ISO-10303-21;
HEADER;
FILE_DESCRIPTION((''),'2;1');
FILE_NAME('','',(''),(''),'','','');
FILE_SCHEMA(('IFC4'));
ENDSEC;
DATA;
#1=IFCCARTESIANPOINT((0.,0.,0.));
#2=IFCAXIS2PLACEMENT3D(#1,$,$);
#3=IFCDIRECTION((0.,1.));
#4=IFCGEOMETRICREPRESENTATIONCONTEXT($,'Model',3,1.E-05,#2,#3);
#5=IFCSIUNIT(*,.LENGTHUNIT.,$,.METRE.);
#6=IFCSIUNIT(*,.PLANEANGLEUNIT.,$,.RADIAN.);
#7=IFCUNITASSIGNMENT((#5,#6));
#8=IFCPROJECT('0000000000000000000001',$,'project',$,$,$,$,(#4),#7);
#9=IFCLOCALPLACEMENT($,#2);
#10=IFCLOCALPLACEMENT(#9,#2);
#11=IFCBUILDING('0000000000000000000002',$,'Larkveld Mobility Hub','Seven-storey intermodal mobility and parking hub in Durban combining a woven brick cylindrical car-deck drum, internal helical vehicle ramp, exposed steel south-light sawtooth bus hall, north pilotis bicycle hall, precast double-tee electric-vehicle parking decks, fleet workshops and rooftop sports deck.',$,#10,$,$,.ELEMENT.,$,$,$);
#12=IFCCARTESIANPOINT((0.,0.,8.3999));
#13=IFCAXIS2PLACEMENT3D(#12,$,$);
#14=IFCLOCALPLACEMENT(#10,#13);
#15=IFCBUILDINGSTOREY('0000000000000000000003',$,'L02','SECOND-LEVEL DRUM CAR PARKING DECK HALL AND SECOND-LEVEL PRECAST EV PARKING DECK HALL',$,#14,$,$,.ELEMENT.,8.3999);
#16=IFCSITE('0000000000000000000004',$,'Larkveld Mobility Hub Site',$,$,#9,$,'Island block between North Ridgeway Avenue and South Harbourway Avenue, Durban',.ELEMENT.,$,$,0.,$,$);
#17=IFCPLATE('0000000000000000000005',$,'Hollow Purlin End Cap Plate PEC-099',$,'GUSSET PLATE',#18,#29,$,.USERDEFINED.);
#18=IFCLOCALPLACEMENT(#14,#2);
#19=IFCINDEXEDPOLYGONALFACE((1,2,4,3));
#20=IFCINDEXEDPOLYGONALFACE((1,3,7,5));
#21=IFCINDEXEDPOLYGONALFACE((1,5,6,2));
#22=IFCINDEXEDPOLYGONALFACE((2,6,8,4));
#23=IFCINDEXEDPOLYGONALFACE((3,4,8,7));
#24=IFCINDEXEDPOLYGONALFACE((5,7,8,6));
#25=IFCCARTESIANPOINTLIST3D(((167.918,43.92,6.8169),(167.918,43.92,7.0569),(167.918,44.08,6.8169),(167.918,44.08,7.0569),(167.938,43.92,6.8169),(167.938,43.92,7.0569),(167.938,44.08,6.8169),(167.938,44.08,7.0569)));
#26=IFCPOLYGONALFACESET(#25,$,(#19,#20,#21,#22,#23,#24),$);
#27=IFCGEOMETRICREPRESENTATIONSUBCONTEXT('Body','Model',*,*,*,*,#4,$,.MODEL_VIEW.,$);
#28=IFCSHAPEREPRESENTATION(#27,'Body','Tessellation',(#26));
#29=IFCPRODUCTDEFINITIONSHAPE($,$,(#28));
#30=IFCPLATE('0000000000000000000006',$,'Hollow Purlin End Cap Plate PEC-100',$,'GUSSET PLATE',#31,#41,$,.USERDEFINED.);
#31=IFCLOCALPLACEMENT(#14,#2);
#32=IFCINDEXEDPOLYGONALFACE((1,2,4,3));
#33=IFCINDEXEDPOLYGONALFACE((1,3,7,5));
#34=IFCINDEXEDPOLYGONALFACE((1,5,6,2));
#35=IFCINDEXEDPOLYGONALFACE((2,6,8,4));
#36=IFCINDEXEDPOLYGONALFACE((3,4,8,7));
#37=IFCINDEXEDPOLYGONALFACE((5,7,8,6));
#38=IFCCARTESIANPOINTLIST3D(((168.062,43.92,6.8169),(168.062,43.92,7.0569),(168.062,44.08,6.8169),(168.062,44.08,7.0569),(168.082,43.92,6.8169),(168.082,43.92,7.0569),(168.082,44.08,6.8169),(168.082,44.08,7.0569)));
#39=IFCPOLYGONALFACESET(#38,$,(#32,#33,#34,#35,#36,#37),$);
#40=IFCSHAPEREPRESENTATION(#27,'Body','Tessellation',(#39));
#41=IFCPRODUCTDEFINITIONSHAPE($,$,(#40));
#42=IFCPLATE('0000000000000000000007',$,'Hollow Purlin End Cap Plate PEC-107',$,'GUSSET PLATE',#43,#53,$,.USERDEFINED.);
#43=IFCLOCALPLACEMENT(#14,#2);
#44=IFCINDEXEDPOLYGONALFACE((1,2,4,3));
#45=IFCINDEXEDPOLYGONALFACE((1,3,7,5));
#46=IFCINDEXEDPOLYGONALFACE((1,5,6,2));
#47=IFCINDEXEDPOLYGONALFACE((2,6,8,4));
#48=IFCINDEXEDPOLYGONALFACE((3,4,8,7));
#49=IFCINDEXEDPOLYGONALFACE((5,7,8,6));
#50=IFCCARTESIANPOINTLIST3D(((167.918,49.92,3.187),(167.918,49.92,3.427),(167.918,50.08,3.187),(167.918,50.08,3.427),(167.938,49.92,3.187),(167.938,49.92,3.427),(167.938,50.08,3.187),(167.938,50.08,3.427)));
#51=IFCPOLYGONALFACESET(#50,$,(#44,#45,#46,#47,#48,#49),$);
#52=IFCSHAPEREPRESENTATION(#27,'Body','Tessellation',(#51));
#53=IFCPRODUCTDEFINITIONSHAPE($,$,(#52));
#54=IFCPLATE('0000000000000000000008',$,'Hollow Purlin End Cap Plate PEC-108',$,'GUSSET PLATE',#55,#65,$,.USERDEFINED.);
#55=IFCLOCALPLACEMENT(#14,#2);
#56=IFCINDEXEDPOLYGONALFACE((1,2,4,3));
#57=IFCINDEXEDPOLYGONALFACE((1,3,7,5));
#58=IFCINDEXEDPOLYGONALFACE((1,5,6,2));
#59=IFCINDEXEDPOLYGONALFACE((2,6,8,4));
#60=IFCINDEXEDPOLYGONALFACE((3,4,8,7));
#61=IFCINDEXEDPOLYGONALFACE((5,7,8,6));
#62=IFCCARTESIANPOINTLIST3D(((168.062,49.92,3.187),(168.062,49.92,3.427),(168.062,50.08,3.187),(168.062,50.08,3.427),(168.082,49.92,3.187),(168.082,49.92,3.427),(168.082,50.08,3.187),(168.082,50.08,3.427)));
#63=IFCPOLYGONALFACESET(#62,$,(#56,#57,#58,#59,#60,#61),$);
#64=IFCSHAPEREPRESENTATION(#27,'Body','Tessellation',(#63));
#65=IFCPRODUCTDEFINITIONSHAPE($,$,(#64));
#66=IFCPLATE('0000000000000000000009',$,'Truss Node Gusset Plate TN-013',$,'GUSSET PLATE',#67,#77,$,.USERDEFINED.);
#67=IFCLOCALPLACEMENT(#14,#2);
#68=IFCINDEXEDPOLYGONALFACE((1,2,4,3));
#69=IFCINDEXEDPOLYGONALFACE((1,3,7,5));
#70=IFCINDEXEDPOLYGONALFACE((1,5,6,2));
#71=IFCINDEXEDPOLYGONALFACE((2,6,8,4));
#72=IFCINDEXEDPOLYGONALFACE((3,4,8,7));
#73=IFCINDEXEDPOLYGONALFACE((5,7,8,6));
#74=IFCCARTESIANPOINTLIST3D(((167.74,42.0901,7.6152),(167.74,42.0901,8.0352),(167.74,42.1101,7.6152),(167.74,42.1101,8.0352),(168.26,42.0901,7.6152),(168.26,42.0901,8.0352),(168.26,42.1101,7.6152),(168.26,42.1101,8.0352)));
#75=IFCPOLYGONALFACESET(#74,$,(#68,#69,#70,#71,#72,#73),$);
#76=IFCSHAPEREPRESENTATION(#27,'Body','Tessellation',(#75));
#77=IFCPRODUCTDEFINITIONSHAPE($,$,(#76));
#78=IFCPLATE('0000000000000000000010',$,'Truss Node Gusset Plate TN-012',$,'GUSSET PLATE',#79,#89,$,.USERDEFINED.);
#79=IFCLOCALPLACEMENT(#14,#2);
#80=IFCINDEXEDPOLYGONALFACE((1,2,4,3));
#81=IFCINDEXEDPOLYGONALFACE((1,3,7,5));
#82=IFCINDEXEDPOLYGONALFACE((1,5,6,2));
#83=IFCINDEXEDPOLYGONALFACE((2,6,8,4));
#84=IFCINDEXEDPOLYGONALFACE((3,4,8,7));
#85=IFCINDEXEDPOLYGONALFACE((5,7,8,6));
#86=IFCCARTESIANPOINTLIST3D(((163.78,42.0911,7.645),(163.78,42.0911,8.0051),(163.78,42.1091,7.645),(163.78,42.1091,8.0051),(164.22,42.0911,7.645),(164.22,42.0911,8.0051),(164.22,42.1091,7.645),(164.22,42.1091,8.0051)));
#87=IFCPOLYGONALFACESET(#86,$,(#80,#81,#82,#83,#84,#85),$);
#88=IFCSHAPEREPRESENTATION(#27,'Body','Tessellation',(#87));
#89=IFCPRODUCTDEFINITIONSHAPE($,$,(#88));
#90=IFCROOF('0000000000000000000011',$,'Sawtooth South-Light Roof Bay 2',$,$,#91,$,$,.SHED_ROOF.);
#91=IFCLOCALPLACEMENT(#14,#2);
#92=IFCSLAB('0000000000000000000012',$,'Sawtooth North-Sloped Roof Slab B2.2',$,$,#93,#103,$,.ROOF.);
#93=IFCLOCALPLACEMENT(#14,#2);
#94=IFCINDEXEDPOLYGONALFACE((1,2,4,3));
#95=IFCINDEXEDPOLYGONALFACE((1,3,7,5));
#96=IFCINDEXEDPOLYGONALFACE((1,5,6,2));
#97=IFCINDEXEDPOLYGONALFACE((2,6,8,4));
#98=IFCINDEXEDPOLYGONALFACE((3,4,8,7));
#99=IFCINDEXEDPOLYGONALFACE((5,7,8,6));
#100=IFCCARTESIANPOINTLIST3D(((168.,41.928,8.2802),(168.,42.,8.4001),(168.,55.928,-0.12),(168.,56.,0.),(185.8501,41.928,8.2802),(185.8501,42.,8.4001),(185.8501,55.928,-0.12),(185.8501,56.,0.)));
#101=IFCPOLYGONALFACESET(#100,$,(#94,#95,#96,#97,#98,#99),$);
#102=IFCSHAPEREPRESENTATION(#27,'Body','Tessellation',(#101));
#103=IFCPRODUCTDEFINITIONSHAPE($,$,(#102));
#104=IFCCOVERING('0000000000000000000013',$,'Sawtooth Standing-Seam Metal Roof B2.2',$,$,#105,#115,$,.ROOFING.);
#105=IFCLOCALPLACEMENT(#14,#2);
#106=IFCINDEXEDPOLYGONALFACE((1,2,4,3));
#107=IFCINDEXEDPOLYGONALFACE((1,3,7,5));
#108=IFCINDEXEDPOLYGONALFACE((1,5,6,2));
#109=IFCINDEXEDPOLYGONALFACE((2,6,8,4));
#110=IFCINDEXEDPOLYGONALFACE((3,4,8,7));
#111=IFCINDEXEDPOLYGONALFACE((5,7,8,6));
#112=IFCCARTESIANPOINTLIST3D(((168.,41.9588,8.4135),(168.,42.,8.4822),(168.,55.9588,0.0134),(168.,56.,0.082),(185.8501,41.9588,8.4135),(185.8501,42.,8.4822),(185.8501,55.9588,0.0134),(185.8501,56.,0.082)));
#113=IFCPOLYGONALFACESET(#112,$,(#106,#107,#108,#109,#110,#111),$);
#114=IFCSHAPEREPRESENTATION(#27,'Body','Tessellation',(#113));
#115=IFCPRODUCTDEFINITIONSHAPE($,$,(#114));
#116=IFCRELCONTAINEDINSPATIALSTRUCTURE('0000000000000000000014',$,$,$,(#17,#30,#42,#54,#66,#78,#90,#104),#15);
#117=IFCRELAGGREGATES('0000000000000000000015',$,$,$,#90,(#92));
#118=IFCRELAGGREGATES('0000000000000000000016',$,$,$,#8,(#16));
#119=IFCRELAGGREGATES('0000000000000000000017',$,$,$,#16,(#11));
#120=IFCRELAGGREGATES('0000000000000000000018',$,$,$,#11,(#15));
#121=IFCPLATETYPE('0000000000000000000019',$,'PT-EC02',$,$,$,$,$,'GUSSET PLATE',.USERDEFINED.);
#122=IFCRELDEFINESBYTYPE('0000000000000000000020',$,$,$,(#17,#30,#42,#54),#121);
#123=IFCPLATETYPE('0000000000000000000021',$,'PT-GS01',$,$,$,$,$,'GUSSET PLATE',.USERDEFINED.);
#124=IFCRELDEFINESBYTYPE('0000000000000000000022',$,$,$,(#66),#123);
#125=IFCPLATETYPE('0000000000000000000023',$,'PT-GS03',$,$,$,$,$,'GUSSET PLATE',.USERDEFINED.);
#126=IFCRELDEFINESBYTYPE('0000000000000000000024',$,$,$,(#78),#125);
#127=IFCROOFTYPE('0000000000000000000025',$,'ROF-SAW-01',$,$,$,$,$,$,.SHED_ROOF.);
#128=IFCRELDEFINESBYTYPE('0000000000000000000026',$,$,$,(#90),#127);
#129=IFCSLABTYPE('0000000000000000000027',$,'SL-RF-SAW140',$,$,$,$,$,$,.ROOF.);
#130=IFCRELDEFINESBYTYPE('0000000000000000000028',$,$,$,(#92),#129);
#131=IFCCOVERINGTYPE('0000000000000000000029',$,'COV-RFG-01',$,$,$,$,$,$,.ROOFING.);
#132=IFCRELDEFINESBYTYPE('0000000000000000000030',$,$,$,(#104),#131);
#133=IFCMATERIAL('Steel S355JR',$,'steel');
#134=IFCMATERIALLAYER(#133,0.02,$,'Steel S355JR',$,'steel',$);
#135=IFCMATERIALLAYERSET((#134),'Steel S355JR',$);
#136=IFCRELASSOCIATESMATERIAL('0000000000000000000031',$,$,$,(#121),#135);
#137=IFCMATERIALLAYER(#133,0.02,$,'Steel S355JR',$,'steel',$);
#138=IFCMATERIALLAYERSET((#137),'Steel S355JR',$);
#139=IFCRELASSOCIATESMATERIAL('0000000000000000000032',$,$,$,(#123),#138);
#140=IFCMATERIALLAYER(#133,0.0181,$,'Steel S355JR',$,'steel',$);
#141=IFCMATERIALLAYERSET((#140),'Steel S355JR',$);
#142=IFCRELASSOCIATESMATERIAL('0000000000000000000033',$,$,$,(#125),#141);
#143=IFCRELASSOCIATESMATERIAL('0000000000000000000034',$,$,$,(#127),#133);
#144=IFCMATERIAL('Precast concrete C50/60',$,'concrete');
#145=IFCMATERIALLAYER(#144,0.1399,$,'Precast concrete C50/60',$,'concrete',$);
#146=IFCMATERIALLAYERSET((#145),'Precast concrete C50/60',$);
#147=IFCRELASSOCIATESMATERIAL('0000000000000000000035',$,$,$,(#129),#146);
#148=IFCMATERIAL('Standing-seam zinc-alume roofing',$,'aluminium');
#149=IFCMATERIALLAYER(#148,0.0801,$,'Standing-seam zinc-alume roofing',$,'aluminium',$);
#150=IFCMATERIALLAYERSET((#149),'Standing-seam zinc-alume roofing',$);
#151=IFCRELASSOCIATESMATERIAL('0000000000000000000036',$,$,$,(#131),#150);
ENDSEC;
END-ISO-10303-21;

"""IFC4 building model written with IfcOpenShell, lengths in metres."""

from ifc_helpers import new_model, si_unit, direction, frame, origin, origin_2d, place, context, subcontext, project, spatial, polyline, rectangle, outline, extrude, material, layer, layer_set, type_object, element, aggregate, save


model = new_model("IFC4")

# Units and contexts
model_context = context("Model", 3, precision=1e-05, world=origin(), true_north=direction((0.0, 1.0)))
body_context = subcontext(model_context, "Body", "Model", "MODEL_VIEW")
ifc_project = project(units=[si_unit("LENGTHUNIT", "METRE"), si_unit("PLANEANGLEUNIT", "RADIAN")], contexts=[model_context])

# Site, building, storey
site_placement = place(None, origin())
site = spatial("IfcSite", under=ifc_project, at=site_placement, Name="Larkveld Mobility Hub Site", LongName="Island block between North Ridgeway Avenue and South Harbourway Avenue, Durban", CompositionType="ELEMENT", RefElevation=0.0)
building_placement = place(site_placement, origin())
building = spatial("IfcBuilding", under=site, at=building_placement, Name="Larkveld Mobility Hub", Description="Seven-storey intermodal mobility and parking hub in Durban combining a woven brick cylindrical car-deck drum, internal helical vehicle ramp, exposed steel south-light sawtooth bus hall, north pilotis bicycle hall, precast double-tee electric-vehicle parking decks, fleet workshops and rooftop sports deck.", CompositionType="ELEMENT")
storey_placement = place(building_placement, frame((0.0, 0.0, 8.3999)))
storey = spatial("IfcBuildingStorey", under=building, at=storey_placement, Name="L02", Description="SECOND-LEVEL DRUM CAR PARKING DECK HALL AND SECOND-LEVEL PRECAST EV PARKING DECK HALL", CompositionType="ELEMENT", Elevation=8.3999)

# Shared definitions
ifc_material_1 = material(Name="Steel S355JR", Category="steel")

# Plates
ifc_layer_1 = layer(ifc_material_1, 0.02, Name="Steel S355JR", Category="steel")
ifc_layer_set_1 = layer_set([ifc_layer_1], Name="Steel S355JR")
plate_type_1 = type_object("IfcPlateType", Name="PT-EC02", ElementType="GUSSET PLATE", PredefinedType="USERDEFINED", material=ifc_layer_set_1)
for number, where, z_axis, x_axis, name in (
    (1, (167.928, 44.0, 6.8169), (0.0, 0.0, 1.0), (1.0, 0.0, 0.0), "Hollow Purlin End Cap Plate PEC-099"),
    (2, (168.072, 44.0, 6.8169), (0.0, 0.0, 1.0), (1.0, 0.0, 0.0), "Hollow Purlin End Cap Plate PEC-100"),
    (3, (167.928, 50.0, 3.187), (0.0, 0.0, 1.0), (1.0, 0.0, 0.0), "Hollow Purlin End Cap Plate PEC-107"),
    (4, (168.072, 50.0, 3.187), (0.0, 0.0, 1.0), (1.0, 0.0, 0.0), "Hollow Purlin End Cap Plate PEC-108"),
):
    element("IfcPlate", number, at=place(storey_placement, frame(where, z_axis=z_axis, x_axis=x_axis)), inside=storey, type_object=plate_type_1, Name=name, ObjectType="GUSSET PLATE", PredefinedType="USERDEFINED", context=body_context, shape_type="SweptSolid", body=[
        extrude(rectangle(XDim=0.02, YDim=0.1599, at=origin_2d()), origin(), (0.0, 0.0, 1.0), 0.24),
    ])
ifc_layer_2 = layer(ifc_material_1, 0.02, Name="Steel S355JR", Category="steel")
ifc_layer_set_2 = layer_set([ifc_layer_2], Name="Steel S355JR")
plate_type_2 = type_object("IfcPlateType", Name="PT-GS01", ElementType="GUSSET PLATE", PredefinedType="USERDEFINED", material=ifc_layer_set_2)
plate_1_placement = place(storey_placement, frame((168.0, 42.1001, 7.6152), z_axis=(0.0, 0.0, 1.0), x_axis=(1.0, 0.0, 0.0)))
element("IfcPlate", 5, at=plate_1_placement, inside=storey, type_object=plate_type_2, Name="Truss Node Gusset Plate TN-013", ObjectType="GUSSET PLATE", PredefinedType="USERDEFINED", context=body_context, shape_type="SweptSolid", body=[
    extrude(rectangle(XDim=0.52, YDim=0.02, at=origin_2d()), origin(), (0.0, 0.0, 1.0), 0.4199),
])
ifc_layer_3 = layer(ifc_material_1, 0.0181, Name="Steel S355JR", Category="steel")
ifc_layer_set_3 = layer_set([ifc_layer_3], Name="Steel S355JR")
plate_type_3 = type_object("IfcPlateType", Name="PT-GS03", ElementType="GUSSET PLATE", PredefinedType="USERDEFINED", material=ifc_layer_set_3)
plate_2_placement = place(storey_placement, frame((164.0, 42.1001, 7.645), z_axis=(0.0, 0.0, 1.0), x_axis=(1.0, 0.0, 0.0)))
element("IfcPlate", 6, at=plate_2_placement, inside=storey, type_object=plate_type_3, Name="Truss Node Gusset Plate TN-012", ObjectType="GUSSET PLATE", PredefinedType="USERDEFINED", context=body_context, shape_type="SweptSolid", body=[
    extrude(rectangle(XDim=0.4399, YDim=0.0181, at=origin_2d()), origin(), (0.0, 0.0, 1.0), 0.3601),
])

# Roof, slab
roof_type = type_object("IfcRoofType", Name="ROF-SAW-01", PredefinedType="SHED_ROOF", material=ifc_material_1)
roof_placement = place(storey_placement, origin())
roof = element("IfcRoof", 7, at=roof_placement, inside=storey, type_object=roof_type, Name="Sawtooth South-Light Roof Bay 2", PredefinedType="SHED_ROOF")
ifc_material_2 = material(Name="Precast concrete C50/60", Category="concrete")
ifc_layer_4 = layer(ifc_material_2, 0.1399, Name="Precast concrete C50/60", Category="concrete")
ifc_layer_set_4 = layer_set([ifc_layer_4], Name="Precast concrete C50/60")
slab_type = type_object("IfcSlabType", Name="SL-RF-SAW140", PredefinedType="ROOF", material=ifc_layer_set_4)
slab_placement = place(storey_placement, frame((168.0, 42.0, 8.4001), z_axis=(0.0, 0.514502, 0.857489), x_axis=(1.0, 0.0, 0.0)))
slab = element("IfcSlab", 8, at=slab_placement, type_object=slab_type, Name="Sawtooth North-Sloped Roof Slab B2.2", PredefinedType="ROOF", context=body_context, shape_type="SweptSolid", body=[
    extrude(outline(polyline([(0.0, 0.0), (17.8501, 0.0), (17.8501, 16.3267), (0.0, 16.3267), (0.0, 0.0)])), origin(), (0.0, 0.0, -1.0), 0.1399),
])
aggregate(roof, [slab])

# Covering
ifc_material_3 = material(Name="Standing-seam zinc-alume roofing", Category="aluminium")
ifc_layer_5 = layer(ifc_material_3, 0.0801, Name="Standing-seam zinc-alume roofing", Category="aluminium")
ifc_layer_set_5 = layer_set([ifc_layer_5], Name="Standing-seam zinc-alume roofing")
covering_type = type_object("IfcCoveringType", Name="COV-RFG-01", PredefinedType="ROOFING", material=ifc_layer_set_5)
covering_placement = place(storey_placement, frame((168.0, 42.0, 8.4822), z_axis=(0.0, 0.514502, 0.857489), x_axis=(1.0, 0.0, 0.0)))
element("IfcCovering", 9, at=covering_placement, inside=storey, type_object=covering_type, Name="Sawtooth Standing-Seam Metal Roof B2.2", PredefinedType="ROOFING", context=body_context, shape_type="SweptSolid", body=[
    extrude(outline(polyline([(0.0, 0.0), (17.8501, 0.0), (17.8501, 16.3267), (0.0, 16.3267), (0.0, 0.0)])), origin(), (0.0, 0.0, -1.0), 0.0801),
])

save(model, "model.ifc")
